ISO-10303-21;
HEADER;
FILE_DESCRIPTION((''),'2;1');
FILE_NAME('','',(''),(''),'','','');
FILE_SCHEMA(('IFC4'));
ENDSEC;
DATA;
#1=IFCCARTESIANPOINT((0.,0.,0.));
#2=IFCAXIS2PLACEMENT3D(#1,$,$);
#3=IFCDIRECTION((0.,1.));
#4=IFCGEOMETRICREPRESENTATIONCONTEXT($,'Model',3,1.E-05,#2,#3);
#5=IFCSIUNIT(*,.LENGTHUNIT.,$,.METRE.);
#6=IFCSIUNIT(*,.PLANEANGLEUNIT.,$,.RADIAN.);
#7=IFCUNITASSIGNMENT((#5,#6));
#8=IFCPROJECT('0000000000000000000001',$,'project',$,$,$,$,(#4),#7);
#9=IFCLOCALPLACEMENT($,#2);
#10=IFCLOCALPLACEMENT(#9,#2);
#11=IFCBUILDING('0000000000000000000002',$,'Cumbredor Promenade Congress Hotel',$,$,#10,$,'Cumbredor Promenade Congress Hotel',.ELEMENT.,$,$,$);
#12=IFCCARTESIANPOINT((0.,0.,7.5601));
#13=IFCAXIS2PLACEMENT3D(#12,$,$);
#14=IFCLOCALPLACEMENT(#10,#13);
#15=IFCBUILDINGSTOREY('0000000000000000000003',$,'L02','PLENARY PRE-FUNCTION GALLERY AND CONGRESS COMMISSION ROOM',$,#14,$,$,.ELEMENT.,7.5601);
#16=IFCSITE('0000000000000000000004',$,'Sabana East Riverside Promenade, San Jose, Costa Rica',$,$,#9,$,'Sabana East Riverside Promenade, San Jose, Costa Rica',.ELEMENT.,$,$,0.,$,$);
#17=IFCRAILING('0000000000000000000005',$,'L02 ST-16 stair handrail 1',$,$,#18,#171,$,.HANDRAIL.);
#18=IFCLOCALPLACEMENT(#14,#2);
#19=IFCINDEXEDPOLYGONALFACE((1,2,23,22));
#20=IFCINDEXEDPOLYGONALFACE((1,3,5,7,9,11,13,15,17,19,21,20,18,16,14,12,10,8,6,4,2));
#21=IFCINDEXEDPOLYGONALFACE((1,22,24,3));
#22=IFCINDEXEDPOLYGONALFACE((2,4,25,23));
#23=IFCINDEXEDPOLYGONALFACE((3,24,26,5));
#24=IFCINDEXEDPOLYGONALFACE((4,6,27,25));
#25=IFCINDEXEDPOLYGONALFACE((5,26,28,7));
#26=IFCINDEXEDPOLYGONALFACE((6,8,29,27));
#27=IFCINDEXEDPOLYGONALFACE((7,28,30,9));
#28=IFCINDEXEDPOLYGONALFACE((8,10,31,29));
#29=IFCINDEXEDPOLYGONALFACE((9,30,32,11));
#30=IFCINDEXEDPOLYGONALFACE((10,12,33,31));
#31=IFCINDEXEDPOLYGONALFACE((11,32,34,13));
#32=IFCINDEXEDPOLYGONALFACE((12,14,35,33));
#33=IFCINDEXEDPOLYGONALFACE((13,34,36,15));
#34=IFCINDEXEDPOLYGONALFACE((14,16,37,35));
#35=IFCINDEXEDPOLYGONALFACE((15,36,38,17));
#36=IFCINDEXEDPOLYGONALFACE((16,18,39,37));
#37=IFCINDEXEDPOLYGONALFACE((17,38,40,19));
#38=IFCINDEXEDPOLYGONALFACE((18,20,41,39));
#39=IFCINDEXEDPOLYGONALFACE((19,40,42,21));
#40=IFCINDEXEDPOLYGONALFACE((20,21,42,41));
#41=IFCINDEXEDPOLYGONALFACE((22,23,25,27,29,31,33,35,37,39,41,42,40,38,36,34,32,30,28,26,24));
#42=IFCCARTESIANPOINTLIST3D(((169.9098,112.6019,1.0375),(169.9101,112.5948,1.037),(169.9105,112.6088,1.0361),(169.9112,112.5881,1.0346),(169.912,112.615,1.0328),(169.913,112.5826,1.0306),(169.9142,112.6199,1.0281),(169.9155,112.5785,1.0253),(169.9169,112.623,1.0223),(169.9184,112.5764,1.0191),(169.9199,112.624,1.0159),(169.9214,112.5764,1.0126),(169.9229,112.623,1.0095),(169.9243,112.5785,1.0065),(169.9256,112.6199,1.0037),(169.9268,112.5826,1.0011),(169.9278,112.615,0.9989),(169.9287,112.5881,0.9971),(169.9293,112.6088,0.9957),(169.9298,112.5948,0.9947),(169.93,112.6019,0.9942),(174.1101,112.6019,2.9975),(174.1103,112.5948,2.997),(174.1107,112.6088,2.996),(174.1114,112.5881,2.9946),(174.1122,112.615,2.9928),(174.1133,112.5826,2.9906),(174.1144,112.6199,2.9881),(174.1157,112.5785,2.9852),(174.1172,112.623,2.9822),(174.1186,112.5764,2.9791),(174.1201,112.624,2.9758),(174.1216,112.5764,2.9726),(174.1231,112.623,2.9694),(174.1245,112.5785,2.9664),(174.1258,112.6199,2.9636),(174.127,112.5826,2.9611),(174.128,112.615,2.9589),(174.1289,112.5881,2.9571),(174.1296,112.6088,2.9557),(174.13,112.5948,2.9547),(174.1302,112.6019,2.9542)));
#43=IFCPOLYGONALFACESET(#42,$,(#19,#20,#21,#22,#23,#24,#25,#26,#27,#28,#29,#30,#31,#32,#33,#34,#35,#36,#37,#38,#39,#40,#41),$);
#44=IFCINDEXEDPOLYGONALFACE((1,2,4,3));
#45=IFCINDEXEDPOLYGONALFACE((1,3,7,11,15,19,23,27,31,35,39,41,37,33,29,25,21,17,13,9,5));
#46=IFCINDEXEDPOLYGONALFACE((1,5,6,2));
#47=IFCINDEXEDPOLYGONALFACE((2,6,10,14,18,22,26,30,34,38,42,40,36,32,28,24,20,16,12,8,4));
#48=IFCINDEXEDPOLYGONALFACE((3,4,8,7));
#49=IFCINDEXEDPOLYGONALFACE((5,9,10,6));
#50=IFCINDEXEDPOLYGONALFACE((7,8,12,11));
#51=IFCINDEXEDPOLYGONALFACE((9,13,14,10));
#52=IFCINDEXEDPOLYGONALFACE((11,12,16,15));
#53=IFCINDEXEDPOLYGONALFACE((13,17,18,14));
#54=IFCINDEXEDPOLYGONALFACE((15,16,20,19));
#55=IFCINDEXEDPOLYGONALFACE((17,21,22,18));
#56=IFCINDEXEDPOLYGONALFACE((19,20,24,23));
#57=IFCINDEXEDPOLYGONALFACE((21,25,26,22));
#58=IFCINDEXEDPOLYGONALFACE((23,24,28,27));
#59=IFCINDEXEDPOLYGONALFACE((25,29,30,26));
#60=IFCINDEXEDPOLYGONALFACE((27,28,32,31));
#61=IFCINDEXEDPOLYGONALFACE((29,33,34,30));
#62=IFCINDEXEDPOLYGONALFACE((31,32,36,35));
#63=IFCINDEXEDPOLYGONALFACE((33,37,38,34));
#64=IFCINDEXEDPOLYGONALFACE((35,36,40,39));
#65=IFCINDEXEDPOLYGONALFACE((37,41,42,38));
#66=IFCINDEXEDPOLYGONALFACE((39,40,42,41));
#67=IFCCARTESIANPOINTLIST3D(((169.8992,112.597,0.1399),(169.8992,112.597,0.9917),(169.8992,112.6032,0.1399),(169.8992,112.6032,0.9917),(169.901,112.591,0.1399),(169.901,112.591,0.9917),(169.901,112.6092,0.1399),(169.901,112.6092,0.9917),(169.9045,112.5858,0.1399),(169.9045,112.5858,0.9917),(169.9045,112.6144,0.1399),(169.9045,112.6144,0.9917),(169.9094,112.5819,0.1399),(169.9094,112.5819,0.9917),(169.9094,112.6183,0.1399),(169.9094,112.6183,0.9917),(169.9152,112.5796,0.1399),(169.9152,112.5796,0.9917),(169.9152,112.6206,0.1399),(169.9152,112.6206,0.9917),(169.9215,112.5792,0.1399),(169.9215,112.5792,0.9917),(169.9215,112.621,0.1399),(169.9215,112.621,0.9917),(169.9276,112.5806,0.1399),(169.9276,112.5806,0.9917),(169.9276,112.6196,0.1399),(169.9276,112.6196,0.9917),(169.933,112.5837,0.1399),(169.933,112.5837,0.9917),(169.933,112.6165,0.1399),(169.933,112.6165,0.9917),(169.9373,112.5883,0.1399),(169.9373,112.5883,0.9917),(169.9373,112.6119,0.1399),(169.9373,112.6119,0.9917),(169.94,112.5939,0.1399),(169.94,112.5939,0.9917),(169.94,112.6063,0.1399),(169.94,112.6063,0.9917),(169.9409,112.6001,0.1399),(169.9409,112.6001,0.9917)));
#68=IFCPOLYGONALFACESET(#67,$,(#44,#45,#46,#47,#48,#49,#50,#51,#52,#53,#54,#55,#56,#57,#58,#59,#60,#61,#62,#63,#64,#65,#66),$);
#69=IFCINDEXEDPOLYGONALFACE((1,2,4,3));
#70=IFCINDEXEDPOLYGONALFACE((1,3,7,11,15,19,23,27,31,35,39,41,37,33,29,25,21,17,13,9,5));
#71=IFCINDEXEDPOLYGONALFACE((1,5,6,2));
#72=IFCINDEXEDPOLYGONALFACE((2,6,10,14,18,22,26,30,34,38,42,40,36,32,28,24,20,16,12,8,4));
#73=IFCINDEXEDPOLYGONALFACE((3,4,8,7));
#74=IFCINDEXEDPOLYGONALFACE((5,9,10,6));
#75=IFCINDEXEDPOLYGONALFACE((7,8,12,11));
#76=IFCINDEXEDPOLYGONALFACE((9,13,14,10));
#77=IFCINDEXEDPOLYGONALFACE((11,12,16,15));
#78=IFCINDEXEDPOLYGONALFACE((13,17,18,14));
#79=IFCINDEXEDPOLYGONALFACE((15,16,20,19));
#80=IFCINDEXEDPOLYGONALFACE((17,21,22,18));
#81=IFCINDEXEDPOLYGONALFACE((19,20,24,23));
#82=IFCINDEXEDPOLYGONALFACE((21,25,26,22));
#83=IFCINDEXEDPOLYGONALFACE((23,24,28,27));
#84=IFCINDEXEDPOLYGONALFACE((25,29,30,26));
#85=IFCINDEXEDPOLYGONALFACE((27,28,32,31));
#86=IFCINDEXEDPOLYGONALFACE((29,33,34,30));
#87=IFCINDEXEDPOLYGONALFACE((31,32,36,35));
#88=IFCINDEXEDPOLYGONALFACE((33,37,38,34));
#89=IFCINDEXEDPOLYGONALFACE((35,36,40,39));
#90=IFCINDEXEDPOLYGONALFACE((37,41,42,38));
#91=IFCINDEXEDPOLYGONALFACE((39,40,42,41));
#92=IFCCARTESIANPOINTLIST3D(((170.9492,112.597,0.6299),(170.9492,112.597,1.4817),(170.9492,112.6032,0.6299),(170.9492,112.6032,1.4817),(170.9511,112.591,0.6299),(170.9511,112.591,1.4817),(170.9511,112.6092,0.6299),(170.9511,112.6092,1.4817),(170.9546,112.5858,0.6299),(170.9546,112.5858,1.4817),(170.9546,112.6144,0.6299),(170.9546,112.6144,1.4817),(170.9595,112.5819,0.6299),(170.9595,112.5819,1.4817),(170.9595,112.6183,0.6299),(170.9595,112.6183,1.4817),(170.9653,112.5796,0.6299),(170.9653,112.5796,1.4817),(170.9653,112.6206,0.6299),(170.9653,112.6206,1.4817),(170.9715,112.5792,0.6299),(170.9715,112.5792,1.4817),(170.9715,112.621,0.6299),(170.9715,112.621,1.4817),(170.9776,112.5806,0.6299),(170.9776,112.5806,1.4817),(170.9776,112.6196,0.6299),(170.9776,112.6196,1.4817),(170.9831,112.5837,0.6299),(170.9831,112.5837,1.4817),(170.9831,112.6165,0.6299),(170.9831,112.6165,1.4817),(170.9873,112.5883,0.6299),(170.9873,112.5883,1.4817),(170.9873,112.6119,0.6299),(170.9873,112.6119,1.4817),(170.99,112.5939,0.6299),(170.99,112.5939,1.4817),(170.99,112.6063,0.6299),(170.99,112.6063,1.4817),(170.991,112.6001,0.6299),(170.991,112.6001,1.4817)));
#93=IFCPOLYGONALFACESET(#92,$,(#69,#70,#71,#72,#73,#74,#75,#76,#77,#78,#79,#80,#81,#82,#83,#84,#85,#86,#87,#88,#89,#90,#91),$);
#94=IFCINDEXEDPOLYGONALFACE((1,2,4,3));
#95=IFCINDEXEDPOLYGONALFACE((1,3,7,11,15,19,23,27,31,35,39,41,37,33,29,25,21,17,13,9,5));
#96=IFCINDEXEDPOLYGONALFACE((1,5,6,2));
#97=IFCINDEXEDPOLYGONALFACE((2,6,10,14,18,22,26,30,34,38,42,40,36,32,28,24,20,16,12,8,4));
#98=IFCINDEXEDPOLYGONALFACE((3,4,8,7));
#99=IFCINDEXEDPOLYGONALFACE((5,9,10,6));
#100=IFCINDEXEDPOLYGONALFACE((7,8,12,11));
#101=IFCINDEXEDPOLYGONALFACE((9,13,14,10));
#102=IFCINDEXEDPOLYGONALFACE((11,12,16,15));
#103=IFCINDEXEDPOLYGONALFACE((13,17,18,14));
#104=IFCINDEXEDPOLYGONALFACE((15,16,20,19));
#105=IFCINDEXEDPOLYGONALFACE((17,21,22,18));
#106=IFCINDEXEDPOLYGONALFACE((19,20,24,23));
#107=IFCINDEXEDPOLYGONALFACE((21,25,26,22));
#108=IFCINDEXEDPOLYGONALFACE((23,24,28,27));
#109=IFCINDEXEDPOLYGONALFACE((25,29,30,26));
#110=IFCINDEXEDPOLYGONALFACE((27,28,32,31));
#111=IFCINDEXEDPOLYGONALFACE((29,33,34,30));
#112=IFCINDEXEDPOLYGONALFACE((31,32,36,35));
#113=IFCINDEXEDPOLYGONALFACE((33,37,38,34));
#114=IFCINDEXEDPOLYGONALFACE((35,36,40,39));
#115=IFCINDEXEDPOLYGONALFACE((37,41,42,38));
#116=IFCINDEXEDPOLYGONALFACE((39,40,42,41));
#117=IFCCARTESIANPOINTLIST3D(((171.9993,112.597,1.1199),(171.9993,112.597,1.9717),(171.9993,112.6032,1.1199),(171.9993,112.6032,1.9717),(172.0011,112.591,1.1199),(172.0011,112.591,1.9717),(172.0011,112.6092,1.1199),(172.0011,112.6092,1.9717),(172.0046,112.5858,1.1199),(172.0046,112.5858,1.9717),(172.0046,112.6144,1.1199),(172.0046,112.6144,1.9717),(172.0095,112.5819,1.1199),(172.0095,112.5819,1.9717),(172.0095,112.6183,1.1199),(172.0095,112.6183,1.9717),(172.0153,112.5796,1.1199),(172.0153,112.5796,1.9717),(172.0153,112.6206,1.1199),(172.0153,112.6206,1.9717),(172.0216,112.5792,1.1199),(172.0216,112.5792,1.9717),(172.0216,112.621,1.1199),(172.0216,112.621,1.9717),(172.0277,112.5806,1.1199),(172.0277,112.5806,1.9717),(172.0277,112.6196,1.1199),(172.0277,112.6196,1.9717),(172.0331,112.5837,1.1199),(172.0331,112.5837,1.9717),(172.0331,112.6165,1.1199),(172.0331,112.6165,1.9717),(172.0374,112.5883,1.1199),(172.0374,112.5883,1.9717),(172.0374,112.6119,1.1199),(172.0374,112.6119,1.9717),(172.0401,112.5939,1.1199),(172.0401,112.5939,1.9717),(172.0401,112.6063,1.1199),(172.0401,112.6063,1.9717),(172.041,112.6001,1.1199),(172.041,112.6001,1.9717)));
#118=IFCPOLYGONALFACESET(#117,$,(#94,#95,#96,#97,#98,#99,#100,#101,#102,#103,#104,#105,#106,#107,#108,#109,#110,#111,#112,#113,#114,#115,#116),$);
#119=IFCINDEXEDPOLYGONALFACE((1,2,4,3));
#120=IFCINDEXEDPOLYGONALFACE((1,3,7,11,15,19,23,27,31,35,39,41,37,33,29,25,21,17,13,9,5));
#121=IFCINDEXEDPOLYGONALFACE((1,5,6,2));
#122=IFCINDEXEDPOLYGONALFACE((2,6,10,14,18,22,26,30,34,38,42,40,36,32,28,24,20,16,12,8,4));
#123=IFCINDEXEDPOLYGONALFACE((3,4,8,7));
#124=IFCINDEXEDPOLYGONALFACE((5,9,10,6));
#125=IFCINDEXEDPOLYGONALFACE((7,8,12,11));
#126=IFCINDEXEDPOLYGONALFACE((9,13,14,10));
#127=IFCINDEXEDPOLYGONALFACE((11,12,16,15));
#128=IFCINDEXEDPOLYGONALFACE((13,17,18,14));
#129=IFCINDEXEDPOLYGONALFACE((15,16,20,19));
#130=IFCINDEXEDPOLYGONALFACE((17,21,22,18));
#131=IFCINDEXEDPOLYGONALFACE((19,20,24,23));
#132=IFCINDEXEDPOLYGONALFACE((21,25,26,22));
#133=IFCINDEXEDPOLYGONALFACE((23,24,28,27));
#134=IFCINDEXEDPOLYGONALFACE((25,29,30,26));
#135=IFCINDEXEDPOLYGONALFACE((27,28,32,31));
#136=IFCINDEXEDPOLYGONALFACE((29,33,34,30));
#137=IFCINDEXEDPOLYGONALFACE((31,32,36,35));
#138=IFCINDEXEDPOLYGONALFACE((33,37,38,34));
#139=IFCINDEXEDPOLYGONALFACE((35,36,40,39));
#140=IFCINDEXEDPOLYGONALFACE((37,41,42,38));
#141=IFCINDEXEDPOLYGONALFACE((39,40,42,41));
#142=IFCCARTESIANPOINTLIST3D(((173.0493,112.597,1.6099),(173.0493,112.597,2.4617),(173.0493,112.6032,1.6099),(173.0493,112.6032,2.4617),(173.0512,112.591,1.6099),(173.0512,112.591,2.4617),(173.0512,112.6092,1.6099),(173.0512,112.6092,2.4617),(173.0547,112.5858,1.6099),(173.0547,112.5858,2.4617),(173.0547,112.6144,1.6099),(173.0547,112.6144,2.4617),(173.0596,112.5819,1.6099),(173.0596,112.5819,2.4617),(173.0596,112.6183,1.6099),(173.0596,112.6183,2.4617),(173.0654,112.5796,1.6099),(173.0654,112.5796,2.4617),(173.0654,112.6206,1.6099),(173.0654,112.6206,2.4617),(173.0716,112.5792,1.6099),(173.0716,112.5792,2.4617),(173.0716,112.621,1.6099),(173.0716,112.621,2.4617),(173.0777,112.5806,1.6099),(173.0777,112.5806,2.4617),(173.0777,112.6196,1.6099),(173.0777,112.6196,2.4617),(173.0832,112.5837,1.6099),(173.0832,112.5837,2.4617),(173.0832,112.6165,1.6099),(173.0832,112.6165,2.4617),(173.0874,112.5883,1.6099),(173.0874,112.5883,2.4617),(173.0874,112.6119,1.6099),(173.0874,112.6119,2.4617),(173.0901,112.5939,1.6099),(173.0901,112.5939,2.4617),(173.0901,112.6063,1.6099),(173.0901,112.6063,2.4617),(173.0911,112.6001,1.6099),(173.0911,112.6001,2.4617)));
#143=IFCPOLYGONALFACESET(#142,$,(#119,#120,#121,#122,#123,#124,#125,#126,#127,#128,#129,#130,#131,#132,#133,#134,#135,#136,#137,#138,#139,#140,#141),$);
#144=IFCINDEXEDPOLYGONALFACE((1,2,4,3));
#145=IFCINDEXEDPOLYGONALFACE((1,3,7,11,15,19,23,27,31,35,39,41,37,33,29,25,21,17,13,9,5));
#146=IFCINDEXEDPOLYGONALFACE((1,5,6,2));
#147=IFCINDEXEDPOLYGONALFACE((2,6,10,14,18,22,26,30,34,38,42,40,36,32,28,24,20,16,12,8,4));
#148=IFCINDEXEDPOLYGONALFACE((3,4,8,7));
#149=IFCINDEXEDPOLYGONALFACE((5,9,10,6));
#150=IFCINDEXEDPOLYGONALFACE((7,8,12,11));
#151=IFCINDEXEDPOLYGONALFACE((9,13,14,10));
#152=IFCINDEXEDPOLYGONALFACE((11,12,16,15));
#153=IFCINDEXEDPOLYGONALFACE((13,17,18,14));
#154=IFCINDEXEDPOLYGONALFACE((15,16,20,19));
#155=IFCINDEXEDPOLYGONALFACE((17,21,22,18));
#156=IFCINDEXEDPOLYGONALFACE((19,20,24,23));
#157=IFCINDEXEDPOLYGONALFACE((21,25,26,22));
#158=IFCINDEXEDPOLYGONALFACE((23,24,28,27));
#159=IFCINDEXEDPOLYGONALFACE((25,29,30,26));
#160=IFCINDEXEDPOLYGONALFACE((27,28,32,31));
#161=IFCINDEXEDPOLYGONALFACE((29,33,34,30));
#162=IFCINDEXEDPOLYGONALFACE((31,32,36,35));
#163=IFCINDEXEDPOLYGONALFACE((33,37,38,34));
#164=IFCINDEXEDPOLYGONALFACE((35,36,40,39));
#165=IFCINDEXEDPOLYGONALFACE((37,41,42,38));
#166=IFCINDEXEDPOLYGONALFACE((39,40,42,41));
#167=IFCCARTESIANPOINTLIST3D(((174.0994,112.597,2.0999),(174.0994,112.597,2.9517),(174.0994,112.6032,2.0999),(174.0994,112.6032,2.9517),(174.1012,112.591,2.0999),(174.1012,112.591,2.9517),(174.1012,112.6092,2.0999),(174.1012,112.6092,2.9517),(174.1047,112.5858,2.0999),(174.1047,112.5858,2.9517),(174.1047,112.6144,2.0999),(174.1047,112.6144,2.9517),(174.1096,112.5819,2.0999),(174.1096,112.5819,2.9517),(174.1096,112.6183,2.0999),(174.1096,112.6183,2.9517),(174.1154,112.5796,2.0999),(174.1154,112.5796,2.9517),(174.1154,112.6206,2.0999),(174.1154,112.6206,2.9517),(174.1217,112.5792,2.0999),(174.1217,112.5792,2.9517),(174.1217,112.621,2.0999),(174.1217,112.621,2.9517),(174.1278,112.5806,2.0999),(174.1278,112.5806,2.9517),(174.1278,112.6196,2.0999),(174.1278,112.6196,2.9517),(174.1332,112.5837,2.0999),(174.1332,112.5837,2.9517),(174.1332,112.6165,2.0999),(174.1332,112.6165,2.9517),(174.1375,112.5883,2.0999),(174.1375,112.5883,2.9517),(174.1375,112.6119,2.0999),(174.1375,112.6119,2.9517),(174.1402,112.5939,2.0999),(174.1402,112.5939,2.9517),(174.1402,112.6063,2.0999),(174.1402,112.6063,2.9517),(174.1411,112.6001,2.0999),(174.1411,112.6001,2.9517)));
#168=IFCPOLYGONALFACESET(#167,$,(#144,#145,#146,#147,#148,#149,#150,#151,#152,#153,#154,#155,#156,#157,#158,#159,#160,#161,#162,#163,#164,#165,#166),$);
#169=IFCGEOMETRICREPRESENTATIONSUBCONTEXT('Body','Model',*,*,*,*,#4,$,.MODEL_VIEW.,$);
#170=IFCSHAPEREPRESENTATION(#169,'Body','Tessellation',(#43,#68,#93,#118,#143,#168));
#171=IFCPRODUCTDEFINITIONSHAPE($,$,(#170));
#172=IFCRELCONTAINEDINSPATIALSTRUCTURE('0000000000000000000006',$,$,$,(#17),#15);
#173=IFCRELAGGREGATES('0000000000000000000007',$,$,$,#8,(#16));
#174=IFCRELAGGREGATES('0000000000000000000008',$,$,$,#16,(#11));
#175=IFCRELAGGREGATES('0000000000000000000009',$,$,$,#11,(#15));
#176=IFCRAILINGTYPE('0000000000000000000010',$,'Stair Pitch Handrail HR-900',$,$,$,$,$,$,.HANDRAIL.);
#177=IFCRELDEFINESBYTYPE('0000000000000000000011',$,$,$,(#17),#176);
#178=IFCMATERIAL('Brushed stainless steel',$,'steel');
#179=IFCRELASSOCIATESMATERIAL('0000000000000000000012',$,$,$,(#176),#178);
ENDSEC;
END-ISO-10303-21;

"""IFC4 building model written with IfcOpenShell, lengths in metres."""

from ifc_helpers import new_model, si_unit, direction, frame, origin, origin_2d, place, context, subcontext, project, spatial, circle, extrude, material, type_object, element, save


model = new_model("IFC4")

# Units and contexts
model_context = context("Model", 3, precision=1e-05, world=origin(), true_north=direction((0.0, 1.0)))
body_context = subcontext(model_context, "Body", "Model", "MODEL_VIEW")
ifc_project = project(units=[si_unit("LENGTHUNIT", "METRE"), si_unit("PLANEANGLEUNIT", "RADIAN")], contexts=[model_context])

# Site, building, storey
site_placement = place(None, origin())
site = spatial("IfcSite", under=ifc_project, at=site_placement, Name="Sabana East Riverside Promenade, San Jose, Costa Rica", LongName="Sabana East Riverside Promenade, San Jose, Costa Rica", CompositionType="ELEMENT", RefElevation=0.0)
building_placement = place(site_placement, origin())
building = spatial("IfcBuilding", under=site, at=building_placement, Name="Cumbredor Promenade Congress Hotel", LongName="Cumbredor Promenade Congress Hotel", CompositionType="ELEMENT")
storey_placement = place(building_placement, frame((0.0, 0.0, 7.5601)))
storey = spatial("IfcBuildingStorey", under=building, at=storey_placement, Name="L02", Description="PLENARY PRE-FUNCTION GALLERY AND CONGRESS COMMISSION ROOM", CompositionType="ELEMENT", Elevation=7.5601)

# Railing
ifc_material_1 = material(Name="Brushed stainless steel", Category="steel")
railing_type_1 = type_object("IfcRailingType", Name="Stair Pitch Handrail HR-900", PredefinedType="HANDRAIL", material=ifc_material_1)
railing_1_placement = place(storey_placement, frame((169.9199, 112.6001, 0.1399)))
element("IfcRailing", 1, at=railing_1_placement, inside=storey, type_object=railing_type_1, Name="L02 ST-16 stair handrail 1", PredefinedType="HANDRAIL", context=body_context, shape_type="SweptSolid", body=[
    extrude(circle(Radius=0.0239, at=origin_2d()), frame((0.0, 0.0, 0.876), z_axis=(0.906194, 0.0, 0.422862), x_axis=(0.0, 1.0, 0.0)), (0.0, 0.0, 1.0), 4.635),
    extrude(circle(Radius=0.021, at=origin_2d()), origin(), (0.0, 0.0, 1.0), 0.8518),
    extrude(circle(Radius=0.021, at=origin_2d()), frame((1.05, 0.0, 0.49)), (0.0, 0.0, 1.0), 0.8518),
    extrude(circle(Radius=0.021, at=origin_2d()), frame((2.1001, 0.0, 0.98)), (0.0, 0.0, 1.0), 0.8518),
    extrude(circle(Radius=0.021, at=origin_2d()), frame((3.1501, 0.0, 1.47)), (0.0, 0.0, 1.0), 0.8518),
    extrude(circle(Radius=0.021, at=origin_2d()), frame((4.2002, 0.0, 1.96)), (0.0, 0.0, 1.0), 0.8518),
])

save(model, "model.ifc")
